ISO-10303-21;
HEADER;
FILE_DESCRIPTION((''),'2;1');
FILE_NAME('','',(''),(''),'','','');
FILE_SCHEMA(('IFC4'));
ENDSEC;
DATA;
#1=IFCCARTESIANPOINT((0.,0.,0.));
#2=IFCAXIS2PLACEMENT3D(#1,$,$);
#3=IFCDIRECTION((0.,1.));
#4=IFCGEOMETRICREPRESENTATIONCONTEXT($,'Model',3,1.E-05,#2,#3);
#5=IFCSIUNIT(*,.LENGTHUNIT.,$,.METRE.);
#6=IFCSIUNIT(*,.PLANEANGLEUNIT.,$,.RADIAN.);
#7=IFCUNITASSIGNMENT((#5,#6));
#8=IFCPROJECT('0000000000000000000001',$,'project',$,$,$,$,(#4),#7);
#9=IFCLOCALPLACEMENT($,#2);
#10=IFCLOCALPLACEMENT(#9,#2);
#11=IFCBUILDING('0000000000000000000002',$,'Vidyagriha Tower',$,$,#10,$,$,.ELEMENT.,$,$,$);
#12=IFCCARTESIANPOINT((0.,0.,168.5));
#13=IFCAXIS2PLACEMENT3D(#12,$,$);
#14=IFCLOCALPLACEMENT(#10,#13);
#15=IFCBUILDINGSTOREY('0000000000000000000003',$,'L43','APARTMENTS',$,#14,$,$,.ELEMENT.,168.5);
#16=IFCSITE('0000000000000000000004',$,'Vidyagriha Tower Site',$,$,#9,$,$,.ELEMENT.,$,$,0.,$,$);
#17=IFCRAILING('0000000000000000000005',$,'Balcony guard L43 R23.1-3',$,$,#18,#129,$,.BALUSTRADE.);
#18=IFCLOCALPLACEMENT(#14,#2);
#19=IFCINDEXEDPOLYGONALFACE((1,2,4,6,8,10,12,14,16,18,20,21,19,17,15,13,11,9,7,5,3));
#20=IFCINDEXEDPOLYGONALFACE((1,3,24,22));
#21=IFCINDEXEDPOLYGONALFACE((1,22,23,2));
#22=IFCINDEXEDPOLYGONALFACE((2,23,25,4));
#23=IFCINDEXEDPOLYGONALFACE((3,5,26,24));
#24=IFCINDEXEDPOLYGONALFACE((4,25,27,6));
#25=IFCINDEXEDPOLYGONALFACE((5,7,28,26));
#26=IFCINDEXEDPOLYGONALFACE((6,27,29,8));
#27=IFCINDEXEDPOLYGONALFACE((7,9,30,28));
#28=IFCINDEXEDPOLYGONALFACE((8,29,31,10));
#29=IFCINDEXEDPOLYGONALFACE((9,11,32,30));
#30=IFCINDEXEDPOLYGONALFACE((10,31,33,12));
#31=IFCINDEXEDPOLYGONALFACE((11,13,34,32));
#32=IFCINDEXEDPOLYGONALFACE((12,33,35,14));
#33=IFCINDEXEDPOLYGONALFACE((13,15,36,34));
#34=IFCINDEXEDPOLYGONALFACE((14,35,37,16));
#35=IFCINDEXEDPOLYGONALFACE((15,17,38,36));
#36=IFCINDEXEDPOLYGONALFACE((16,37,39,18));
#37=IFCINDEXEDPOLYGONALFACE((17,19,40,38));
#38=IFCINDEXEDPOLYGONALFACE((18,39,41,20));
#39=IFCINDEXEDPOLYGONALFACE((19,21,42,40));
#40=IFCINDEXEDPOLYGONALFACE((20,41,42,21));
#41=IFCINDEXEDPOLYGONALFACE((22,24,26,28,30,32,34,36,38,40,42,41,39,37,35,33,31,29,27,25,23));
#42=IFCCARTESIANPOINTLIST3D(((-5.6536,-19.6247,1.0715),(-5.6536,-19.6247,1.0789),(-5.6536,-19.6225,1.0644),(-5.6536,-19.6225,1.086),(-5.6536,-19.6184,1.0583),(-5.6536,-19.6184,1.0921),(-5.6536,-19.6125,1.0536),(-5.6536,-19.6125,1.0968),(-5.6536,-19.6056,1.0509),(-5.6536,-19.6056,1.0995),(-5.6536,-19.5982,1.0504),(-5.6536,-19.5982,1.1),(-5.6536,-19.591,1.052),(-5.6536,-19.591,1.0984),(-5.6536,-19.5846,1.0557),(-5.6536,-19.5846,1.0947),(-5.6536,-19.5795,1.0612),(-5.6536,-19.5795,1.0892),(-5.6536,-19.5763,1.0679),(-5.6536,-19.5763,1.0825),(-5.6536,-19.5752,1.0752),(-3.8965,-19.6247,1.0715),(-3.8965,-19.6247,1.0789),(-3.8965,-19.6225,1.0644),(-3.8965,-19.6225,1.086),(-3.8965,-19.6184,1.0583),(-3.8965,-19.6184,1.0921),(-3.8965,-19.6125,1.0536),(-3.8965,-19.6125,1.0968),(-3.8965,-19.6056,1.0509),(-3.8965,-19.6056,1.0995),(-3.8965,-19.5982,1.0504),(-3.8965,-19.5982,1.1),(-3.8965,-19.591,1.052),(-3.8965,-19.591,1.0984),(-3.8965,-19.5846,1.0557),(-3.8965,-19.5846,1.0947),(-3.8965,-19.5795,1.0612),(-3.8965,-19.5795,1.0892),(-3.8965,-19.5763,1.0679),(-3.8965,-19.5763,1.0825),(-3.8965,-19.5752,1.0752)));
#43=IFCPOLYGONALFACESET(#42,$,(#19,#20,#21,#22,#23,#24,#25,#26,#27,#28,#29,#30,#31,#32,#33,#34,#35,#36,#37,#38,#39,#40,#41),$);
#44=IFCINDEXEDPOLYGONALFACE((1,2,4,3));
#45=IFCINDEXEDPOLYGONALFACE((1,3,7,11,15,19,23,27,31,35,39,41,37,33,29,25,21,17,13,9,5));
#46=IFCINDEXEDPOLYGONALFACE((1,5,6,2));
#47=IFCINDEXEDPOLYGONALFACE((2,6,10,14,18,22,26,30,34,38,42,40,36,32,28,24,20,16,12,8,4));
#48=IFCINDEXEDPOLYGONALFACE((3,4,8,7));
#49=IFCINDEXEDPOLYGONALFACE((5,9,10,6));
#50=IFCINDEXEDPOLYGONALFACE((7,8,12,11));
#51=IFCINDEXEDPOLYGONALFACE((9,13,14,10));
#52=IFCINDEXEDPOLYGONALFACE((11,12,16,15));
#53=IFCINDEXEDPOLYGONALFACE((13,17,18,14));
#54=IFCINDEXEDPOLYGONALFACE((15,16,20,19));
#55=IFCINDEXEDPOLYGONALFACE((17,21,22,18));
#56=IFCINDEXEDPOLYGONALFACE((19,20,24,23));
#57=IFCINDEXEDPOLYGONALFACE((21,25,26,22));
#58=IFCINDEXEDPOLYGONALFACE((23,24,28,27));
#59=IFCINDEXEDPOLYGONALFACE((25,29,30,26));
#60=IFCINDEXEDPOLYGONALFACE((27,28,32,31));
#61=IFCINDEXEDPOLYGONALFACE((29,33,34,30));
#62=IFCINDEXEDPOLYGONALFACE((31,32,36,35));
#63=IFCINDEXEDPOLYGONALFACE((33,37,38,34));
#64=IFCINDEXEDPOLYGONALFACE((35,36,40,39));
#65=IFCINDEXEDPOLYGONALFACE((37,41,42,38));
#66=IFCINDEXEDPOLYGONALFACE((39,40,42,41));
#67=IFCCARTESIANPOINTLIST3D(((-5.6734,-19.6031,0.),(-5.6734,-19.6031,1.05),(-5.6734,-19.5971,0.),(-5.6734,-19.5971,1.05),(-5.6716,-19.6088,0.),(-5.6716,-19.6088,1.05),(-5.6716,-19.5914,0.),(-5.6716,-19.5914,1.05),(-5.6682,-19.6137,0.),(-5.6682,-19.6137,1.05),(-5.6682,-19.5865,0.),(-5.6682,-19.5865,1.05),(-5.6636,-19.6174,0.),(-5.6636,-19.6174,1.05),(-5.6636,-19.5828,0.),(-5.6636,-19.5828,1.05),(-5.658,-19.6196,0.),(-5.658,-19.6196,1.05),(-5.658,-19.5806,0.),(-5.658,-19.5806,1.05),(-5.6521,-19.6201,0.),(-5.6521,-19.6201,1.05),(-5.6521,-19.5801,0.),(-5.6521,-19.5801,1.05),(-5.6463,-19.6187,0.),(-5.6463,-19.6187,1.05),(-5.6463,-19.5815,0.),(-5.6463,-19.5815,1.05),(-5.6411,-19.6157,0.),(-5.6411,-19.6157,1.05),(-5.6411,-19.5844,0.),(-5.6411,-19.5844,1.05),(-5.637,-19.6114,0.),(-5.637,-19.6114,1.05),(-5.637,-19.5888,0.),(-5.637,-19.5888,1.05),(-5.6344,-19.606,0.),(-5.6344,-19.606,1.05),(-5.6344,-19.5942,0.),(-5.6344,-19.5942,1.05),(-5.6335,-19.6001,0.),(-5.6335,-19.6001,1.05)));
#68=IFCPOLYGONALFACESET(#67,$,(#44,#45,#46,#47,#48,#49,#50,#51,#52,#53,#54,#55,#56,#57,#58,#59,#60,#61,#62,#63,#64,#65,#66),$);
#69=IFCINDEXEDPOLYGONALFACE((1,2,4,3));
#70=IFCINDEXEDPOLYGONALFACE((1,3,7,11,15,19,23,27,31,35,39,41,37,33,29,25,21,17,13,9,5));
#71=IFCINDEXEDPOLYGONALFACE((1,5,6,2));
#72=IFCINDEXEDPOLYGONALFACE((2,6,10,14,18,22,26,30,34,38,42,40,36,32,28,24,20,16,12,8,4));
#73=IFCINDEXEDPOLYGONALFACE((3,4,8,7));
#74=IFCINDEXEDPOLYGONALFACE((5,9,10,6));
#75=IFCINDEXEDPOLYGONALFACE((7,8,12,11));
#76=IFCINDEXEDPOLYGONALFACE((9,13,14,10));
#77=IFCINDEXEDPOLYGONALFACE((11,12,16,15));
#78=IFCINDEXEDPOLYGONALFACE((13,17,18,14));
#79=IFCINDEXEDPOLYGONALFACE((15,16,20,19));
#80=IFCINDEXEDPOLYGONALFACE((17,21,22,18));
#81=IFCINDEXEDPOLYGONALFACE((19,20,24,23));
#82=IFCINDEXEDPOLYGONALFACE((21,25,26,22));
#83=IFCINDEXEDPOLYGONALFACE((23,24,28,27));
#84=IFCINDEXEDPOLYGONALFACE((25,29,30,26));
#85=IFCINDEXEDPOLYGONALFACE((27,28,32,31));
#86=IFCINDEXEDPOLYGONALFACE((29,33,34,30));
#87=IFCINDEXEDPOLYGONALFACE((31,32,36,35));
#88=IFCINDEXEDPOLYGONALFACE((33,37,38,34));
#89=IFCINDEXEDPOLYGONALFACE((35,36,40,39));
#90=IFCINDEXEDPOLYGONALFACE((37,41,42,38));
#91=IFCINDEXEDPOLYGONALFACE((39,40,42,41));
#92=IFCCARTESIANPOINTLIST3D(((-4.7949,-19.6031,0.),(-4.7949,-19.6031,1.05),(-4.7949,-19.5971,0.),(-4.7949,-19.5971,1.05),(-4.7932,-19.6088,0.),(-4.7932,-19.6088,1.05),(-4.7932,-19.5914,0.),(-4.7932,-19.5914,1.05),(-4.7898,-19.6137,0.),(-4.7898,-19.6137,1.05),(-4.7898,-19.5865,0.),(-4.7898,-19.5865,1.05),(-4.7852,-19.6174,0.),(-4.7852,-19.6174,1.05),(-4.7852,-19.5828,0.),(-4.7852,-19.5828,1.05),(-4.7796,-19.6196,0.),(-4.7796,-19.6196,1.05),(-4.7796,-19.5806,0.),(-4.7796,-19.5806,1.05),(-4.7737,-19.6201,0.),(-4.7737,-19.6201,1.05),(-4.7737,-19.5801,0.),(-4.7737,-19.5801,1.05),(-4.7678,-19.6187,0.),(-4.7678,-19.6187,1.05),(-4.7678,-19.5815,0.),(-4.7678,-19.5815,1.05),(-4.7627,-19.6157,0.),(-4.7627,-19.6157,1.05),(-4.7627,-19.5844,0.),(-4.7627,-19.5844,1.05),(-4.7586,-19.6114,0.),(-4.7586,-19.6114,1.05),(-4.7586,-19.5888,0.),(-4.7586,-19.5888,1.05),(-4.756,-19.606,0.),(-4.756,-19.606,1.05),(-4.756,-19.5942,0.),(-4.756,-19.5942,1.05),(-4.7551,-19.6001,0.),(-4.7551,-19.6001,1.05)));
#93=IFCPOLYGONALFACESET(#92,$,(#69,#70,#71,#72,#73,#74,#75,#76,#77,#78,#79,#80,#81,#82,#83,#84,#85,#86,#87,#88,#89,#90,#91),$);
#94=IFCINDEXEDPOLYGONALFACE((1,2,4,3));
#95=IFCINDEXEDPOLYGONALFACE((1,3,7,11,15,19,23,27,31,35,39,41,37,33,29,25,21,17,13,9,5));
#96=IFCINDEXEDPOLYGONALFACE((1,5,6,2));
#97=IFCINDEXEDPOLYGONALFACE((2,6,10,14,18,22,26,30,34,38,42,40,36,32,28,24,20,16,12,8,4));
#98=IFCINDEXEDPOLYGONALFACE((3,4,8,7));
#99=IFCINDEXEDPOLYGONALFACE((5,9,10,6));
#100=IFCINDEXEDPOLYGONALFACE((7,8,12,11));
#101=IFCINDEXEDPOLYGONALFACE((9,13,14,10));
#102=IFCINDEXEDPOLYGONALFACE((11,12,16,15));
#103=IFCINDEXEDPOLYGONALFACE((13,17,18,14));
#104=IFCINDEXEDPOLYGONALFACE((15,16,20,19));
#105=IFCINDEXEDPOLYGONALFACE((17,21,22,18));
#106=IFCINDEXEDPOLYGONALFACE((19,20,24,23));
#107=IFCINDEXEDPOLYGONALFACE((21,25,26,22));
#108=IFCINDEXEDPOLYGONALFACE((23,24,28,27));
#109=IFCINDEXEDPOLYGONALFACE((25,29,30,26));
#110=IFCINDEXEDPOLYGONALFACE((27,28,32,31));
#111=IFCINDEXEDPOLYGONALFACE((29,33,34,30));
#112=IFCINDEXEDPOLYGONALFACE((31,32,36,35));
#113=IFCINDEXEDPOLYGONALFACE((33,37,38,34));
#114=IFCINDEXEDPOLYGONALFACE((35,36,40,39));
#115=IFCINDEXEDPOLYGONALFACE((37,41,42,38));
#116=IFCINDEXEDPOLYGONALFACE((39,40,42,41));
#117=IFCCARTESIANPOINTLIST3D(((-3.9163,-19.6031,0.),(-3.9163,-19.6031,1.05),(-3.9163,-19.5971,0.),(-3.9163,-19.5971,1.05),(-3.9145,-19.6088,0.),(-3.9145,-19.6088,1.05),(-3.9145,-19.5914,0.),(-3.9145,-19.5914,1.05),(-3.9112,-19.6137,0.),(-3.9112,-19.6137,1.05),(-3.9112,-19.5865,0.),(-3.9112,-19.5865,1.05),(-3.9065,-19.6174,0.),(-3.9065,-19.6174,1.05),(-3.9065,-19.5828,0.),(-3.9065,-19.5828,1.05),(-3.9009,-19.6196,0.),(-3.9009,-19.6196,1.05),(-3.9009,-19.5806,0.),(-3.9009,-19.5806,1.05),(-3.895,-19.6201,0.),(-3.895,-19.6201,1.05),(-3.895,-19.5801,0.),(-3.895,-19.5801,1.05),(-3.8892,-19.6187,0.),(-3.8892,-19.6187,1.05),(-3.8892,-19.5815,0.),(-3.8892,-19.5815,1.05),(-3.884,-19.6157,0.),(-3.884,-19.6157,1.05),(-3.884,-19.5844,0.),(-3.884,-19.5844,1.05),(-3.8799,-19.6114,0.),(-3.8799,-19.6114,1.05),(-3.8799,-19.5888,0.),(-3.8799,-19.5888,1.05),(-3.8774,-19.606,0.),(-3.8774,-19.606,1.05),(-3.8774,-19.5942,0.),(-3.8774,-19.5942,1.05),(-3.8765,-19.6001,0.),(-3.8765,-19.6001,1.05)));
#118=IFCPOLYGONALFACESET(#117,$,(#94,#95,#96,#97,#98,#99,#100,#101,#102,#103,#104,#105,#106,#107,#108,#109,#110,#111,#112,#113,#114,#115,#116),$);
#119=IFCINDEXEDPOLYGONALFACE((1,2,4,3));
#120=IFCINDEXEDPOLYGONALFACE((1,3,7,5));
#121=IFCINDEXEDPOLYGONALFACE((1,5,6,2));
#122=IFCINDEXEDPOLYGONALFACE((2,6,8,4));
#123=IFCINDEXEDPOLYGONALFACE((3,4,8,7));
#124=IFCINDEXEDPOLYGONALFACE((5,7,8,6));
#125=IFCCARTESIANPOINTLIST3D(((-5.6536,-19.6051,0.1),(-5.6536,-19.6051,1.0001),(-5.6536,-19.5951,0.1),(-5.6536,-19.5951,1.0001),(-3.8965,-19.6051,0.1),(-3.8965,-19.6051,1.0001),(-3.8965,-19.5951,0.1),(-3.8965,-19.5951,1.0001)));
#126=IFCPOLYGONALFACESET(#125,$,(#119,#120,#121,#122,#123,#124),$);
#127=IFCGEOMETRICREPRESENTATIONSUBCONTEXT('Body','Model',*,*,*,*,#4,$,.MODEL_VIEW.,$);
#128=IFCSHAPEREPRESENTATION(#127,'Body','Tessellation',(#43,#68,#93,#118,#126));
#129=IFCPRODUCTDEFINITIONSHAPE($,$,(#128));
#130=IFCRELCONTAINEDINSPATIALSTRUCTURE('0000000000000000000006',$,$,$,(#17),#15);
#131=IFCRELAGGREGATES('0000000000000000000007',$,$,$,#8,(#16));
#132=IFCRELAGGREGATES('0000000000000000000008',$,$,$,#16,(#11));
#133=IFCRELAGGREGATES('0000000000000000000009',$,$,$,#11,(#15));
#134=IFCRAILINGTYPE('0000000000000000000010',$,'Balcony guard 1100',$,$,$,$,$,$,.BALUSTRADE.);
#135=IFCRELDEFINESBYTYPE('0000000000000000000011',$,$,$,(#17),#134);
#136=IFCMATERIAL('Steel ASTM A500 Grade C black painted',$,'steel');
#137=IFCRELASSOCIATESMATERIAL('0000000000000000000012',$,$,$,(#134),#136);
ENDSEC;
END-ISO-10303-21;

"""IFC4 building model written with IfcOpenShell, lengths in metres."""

from ifc_helpers import new_model, si_unit, direction, frame, origin, origin_2d, place, context, subcontext, project, spatial, rectangle, circle, extrude, material, type_object, element, save


model = new_model("IFC4")

# Units and contexts
model_context = context("Model", 3, precision=1e-05, world=origin(), true_north=direction((0.0, 1.0)))
body_context = subcontext(model_context, "Body", "Model", "MODEL_VIEW")
ifc_project = project(units=[si_unit("LENGTHUNIT", "METRE"), si_unit("PLANEANGLEUNIT", "RADIAN")], contexts=[model_context])

# Site, building, storey
site_placement = place(None, origin())
site = spatial("IfcSite", under=ifc_project, at=site_placement, Name="Vidyagriha Tower Site", CompositionType="ELEMENT", RefElevation=0.0)
building_placement = place(site_placement, origin())
building = spatial("IfcBuilding", under=site, at=building_placement, Name="Vidyagriha Tower", CompositionType="ELEMENT")
storey_placement = place(building_placement, frame((0.0, 0.0, 168.5)))
storey = spatial("IfcBuildingStorey", under=building, at=storey_placement, Name="L43", Description="APARTMENTS", CompositionType="ELEMENT", Elevation=168.5)

# Railing
ifc_material_1 = material(Name="Steel ASTM A500 Grade C black painted", Category="steel")
railing_type = type_object("IfcRailingType", Name="Balcony guard 1100", PredefinedType="BALUSTRADE", material=ifc_material_1)
railing_1_placement = place(storey_placement, frame((-5.6536, -19.6001, 0.0)))
element("IfcRailing", 1, at=railing_1_placement, inside=storey, type_object=railing_type, Name="Balcony guard L43 R23.1-3", PredefinedType="BALUSTRADE", context=body_context, shape_type="SweptSolid", body=[
    extrude(circle(Radius=0.0249, at=origin_2d()), frame((0.0, 0.0, 1.0752), z_axis=(1.0, 0.0, 0.0), x_axis=(0.0, 1.0, 0.0)), (0.0, 0.0, 1.0), 1.7571),
    extrude(circle(Radius=0.02, at=origin_2d()), origin(), (0.0, 0.0, 1.0), 1.05),
    extrude(circle(Radius=0.02, at=origin_2d()), frame((0.8784, 0.0, 0.0)), (0.0, 0.0, 1.0), 1.05),
    extrude(circle(Radius=0.02, at=origin_2d()), frame((1.7571, 0.0, 0.0)), (0.0, 0.0, 1.0), 1.05),
    extrude(rectangle(XDim=0.01, YDim=0.9001, at=origin_2d()), frame((0.0, 0.0, 0.55), z_axis=(1.0, 0.0, 0.0), x_axis=(0.0, 1.0, 0.0)), (0.0, 0.0, 1.0), 1.7571),
])

save(model, "model.ifc")
